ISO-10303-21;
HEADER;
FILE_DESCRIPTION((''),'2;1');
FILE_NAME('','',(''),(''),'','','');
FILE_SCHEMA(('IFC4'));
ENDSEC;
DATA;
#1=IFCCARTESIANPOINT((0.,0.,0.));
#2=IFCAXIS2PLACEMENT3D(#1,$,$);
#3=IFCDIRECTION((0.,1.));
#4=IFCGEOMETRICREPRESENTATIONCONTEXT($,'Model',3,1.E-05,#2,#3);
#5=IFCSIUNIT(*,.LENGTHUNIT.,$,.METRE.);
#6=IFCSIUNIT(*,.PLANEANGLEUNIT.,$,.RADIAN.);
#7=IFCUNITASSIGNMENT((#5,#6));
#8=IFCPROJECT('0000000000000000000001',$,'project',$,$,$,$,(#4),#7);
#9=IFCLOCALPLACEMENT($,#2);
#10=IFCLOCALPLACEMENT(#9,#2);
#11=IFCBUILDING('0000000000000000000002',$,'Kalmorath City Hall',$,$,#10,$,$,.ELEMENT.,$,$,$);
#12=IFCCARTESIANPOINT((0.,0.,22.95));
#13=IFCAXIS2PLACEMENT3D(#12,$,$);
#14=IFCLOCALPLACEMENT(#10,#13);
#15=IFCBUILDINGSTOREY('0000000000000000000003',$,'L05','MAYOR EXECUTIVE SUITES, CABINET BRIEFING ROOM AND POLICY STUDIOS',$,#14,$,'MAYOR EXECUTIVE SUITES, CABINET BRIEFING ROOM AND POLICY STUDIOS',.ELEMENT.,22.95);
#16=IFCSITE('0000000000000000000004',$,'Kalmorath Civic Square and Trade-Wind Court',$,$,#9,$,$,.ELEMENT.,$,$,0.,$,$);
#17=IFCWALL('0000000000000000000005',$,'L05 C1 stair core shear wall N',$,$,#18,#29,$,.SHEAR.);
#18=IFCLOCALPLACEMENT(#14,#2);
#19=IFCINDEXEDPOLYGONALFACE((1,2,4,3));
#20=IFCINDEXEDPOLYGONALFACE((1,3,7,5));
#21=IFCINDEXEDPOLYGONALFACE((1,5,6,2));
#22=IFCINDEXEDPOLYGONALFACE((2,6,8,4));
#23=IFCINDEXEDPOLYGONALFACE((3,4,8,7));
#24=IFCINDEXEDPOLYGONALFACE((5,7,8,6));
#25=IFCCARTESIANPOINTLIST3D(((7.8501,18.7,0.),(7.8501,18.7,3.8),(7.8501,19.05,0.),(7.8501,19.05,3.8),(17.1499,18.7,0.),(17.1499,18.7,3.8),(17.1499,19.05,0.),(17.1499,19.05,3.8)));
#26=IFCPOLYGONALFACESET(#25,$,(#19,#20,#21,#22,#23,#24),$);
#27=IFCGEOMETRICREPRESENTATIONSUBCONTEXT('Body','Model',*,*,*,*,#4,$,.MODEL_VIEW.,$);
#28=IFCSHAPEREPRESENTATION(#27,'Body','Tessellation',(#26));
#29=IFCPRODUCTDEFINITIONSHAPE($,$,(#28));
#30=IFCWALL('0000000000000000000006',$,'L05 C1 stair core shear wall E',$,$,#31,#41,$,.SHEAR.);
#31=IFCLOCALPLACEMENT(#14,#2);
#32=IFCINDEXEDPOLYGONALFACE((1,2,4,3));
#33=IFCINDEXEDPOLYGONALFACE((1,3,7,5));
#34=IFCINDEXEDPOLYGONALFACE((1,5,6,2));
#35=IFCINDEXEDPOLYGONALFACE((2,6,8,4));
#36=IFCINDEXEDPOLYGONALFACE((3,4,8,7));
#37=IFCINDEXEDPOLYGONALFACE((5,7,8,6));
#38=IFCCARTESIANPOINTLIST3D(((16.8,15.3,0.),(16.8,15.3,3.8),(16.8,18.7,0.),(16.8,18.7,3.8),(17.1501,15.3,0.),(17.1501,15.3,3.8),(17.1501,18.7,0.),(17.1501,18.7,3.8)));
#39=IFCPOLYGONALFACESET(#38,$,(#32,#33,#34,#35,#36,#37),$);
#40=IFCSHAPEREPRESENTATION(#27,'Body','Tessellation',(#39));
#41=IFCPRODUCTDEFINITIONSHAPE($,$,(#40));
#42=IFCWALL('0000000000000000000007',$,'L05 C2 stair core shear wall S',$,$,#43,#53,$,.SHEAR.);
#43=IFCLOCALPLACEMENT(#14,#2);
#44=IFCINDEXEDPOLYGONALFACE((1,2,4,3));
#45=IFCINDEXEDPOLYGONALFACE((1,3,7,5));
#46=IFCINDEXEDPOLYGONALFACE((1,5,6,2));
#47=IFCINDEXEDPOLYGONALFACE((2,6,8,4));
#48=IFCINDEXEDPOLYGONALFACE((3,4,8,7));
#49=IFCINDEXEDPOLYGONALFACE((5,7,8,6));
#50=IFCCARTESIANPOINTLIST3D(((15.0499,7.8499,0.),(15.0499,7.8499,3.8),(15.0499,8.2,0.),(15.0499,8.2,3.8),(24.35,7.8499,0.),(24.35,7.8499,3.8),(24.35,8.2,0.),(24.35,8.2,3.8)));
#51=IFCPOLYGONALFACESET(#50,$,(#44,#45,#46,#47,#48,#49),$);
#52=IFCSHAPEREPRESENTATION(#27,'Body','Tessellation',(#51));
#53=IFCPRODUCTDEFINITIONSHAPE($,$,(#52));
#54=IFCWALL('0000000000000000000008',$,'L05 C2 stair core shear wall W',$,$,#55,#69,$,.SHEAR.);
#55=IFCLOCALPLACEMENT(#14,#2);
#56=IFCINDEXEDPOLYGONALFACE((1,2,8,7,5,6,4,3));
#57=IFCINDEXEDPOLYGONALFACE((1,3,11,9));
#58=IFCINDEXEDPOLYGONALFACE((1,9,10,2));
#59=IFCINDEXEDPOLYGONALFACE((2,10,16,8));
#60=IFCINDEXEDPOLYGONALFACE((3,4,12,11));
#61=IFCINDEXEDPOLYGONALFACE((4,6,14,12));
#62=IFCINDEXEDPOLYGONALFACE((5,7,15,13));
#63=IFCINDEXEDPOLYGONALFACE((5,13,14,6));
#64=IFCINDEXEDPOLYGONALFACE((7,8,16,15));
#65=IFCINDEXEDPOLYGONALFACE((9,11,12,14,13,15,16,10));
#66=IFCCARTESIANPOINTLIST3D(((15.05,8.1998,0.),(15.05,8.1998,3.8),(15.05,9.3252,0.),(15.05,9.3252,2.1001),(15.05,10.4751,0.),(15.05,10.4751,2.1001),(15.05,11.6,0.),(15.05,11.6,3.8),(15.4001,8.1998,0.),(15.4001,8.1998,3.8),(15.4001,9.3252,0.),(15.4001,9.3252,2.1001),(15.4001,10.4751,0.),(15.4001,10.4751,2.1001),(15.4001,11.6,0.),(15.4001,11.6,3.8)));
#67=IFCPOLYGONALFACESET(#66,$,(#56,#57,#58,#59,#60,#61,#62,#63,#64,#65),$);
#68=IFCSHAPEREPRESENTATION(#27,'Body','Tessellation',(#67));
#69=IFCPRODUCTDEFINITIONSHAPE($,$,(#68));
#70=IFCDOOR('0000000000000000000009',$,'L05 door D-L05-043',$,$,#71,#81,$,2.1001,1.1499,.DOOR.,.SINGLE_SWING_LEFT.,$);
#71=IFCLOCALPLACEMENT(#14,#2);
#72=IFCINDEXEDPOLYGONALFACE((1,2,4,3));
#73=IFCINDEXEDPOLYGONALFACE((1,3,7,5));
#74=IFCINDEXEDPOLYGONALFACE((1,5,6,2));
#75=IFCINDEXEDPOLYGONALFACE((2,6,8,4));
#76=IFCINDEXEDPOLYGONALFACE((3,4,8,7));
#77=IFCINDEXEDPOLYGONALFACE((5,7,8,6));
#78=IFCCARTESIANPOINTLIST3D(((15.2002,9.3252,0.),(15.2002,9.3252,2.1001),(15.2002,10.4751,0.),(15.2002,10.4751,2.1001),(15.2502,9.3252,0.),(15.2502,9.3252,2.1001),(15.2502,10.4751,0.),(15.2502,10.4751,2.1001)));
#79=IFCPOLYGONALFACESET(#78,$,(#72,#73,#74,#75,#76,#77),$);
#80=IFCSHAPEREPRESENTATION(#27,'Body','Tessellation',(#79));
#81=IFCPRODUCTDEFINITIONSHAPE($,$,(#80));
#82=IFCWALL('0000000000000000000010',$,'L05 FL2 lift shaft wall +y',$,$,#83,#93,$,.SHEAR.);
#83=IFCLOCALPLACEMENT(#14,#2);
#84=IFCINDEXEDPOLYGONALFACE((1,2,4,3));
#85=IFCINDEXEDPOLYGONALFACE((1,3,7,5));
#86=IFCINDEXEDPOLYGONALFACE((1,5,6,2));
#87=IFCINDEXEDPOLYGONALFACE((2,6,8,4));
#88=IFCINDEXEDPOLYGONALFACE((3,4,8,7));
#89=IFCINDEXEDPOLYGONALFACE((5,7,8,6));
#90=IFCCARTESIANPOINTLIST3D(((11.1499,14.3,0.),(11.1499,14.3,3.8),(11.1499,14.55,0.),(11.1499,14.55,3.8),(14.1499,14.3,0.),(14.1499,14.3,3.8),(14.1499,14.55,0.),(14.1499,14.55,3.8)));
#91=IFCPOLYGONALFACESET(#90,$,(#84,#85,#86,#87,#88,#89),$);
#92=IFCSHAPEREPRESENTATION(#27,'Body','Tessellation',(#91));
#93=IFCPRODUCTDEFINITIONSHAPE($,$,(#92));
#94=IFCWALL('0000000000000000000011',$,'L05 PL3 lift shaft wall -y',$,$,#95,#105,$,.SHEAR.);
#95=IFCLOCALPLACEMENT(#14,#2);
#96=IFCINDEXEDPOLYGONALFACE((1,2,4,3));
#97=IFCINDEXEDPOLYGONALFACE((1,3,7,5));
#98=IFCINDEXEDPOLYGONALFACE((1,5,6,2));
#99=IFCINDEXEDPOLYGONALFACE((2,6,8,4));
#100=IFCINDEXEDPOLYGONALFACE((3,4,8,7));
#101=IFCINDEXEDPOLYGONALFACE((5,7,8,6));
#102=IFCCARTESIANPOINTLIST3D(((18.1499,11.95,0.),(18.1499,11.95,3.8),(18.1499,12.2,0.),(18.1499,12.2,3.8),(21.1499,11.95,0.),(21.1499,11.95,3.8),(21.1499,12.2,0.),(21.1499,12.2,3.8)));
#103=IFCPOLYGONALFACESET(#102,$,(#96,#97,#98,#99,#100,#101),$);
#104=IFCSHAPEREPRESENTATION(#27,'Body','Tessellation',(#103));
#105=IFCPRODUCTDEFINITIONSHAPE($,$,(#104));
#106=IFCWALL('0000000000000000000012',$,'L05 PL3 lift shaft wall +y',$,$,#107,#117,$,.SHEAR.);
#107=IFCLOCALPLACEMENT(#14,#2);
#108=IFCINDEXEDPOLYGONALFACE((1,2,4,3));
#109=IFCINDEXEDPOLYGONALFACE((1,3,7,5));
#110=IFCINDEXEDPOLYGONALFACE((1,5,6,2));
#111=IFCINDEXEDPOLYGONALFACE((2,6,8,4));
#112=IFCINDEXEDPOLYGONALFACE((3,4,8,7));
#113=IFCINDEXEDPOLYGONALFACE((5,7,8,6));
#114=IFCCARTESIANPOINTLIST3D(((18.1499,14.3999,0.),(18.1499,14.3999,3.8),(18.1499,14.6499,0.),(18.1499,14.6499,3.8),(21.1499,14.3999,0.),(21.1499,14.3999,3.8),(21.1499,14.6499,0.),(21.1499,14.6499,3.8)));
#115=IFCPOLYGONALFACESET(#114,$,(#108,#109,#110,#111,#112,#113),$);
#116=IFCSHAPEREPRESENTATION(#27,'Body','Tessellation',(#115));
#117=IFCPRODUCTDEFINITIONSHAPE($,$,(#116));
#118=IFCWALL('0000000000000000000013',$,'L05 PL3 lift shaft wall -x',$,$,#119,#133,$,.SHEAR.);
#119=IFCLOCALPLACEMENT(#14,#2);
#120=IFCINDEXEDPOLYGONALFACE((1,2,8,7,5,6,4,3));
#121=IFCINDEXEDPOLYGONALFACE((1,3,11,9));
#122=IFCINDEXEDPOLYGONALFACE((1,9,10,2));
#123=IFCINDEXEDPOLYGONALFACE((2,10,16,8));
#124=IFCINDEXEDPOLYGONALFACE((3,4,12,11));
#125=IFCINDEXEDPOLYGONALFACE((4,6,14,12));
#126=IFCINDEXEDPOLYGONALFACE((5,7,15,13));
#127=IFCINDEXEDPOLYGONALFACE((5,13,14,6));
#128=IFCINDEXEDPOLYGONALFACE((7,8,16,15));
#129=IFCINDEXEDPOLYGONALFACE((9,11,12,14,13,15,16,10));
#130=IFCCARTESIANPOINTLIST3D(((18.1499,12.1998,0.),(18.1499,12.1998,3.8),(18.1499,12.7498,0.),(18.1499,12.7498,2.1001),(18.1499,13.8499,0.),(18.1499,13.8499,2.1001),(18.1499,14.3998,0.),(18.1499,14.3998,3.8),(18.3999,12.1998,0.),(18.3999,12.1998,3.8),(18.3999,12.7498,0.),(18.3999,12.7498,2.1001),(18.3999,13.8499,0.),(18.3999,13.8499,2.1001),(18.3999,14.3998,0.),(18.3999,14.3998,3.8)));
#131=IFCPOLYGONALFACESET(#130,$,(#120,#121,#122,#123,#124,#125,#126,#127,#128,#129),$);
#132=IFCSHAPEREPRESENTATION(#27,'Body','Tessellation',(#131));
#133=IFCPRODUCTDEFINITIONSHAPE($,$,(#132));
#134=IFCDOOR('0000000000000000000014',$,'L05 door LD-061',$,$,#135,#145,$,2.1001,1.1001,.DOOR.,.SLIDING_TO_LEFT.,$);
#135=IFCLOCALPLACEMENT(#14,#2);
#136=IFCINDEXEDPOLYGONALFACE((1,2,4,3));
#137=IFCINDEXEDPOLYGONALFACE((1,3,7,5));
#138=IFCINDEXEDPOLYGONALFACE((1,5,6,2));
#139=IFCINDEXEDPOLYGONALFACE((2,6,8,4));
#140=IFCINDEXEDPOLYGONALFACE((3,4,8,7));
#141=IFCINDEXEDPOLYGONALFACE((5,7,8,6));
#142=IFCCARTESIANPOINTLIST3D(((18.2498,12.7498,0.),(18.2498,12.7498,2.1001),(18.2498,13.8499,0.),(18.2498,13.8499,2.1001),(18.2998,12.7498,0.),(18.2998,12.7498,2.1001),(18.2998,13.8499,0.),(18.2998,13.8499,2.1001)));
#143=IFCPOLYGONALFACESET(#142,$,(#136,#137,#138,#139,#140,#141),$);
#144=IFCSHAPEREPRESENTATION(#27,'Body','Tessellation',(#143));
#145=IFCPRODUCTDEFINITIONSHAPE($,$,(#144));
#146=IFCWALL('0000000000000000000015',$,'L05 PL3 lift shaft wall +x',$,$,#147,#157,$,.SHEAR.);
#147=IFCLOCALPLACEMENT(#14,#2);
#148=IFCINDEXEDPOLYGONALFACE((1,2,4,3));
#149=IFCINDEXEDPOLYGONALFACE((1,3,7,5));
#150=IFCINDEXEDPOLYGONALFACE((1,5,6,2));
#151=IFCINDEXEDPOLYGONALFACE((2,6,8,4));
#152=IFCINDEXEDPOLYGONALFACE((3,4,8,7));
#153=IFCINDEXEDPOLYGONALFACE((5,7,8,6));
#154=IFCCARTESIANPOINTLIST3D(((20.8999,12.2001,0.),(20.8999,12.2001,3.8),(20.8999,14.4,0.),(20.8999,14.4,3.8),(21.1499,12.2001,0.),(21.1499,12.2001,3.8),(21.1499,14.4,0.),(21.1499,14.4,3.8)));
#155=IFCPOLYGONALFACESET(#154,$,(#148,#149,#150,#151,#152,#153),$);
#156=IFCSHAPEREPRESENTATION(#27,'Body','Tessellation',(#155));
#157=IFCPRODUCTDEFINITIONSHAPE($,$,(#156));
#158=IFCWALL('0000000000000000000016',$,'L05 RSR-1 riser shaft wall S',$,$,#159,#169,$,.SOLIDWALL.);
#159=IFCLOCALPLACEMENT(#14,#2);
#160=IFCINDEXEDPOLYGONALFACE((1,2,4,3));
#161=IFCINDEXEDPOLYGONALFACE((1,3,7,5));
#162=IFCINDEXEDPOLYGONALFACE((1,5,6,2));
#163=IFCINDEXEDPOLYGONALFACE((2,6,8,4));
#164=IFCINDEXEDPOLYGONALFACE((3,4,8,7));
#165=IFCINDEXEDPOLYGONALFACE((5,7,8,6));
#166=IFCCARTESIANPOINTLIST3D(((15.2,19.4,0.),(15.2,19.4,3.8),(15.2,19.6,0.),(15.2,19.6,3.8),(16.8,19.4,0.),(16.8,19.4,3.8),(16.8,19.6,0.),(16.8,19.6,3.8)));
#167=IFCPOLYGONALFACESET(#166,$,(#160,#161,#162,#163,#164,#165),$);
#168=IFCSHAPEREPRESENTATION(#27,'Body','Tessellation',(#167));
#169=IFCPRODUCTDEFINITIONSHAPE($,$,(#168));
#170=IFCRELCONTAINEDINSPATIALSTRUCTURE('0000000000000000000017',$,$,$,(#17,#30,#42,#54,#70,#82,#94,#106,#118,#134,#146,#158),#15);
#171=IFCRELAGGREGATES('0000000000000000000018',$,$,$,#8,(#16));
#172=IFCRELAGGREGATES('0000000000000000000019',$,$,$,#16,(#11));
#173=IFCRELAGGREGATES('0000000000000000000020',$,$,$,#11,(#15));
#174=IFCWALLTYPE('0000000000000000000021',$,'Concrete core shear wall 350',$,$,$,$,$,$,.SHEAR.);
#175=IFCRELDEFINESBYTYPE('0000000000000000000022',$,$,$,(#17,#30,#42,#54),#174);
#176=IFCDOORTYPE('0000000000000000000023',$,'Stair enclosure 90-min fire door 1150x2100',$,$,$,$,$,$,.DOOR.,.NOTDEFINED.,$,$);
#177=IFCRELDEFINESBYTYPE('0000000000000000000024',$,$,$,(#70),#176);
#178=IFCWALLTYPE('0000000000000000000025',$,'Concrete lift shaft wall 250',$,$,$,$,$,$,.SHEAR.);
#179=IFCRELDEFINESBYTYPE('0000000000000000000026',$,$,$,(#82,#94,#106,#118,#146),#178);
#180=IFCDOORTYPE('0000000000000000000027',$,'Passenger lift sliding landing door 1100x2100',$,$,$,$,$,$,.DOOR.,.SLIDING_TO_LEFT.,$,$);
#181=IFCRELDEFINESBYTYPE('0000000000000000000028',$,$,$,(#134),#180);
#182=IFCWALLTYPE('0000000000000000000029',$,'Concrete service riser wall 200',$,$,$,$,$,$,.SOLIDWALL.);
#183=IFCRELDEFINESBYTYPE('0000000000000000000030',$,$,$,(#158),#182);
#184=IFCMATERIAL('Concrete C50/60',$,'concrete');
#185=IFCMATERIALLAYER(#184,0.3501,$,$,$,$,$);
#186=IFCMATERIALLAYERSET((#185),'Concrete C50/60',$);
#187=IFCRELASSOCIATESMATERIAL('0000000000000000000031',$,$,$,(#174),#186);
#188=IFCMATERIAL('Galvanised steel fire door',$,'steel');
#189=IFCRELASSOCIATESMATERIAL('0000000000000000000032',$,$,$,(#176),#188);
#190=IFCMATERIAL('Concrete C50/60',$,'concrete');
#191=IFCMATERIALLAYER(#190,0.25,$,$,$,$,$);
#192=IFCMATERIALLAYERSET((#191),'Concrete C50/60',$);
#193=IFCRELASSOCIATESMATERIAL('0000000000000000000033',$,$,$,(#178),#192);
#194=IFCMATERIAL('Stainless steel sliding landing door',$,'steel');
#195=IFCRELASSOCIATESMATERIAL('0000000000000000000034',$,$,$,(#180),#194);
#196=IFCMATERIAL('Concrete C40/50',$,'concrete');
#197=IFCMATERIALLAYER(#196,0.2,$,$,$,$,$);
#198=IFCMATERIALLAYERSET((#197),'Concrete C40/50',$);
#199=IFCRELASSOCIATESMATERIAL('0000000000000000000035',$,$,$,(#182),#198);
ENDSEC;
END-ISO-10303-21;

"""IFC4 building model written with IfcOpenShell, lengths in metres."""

from ifc_helpers import new_model, si_unit, direction, frame, frame_2d, origin, place, context, subcontext, project, spatial, rectangle, extrude, material, layer, layer_set, type_object, element, fill, save


model = new_model("IFC4")

# Units and contexts
model_context = context("Model", 3, precision=1e-05, world=origin(), true_north=direction((0.0, 1.0)))
body_context = subcontext(model_context, "Body", "Model", "MODEL_VIEW")
ifc_project = project(units=[si_unit("LENGTHUNIT", "METRE"), si_unit("PLANEANGLEUNIT", "RADIAN")], contexts=[model_context])

# Site, building, storey
site_placement = place(None, origin())
site = spatial("IfcSite", under=ifc_project, at=site_placement, Name="Kalmorath Civic Square and Trade-Wind Court", CompositionType="ELEMENT", RefElevation=0.0)
building_placement = place(site_placement, origin())
building = spatial("IfcBuilding", under=site, at=building_placement, Name="Kalmorath City Hall", CompositionType="ELEMENT")
storey_placement = place(building_placement, frame((0.0, 0.0, 22.95)))
storey = spatial("IfcBuildingStorey", under=building, at=storey_placement, Name="L05", Description="MAYOR EXECUTIVE SUITES, CABINET BRIEFING ROOM AND POLICY STUDIOS", LongName="MAYOR EXECUTIVE SUITES, CABINET BRIEFING ROOM AND POLICY STUDIOS", CompositionType="ELEMENT", Elevation=22.95)

# Walls
ifc_material_1 = material(Name="Concrete C50/60", Category="concrete")
ifc_layer_1 = layer(ifc_material_1, 0.3501)
ifc_layer_set_1 = layer_set([ifc_layer_1], Name="Concrete C50/60")
wall_type_1 = type_object("IfcWallType", Name="Concrete core shear wall 350", PredefinedType="SHEAR", material=ifc_layer_set_1)
wall_1_placement = place(storey_placement, frame((17.1499, 18.875, 0.0), z_axis=(0.0, 0.0, 1.0), x_axis=(-1.0, 0.0, 0.0)))
element("IfcWall", 1, at=wall_1_placement, inside=storey, type_object=wall_type_1, Name="L05 C1 stair core shear wall N", PredefinedType="SHEAR", context=body_context, shape_type="SweptSolid", body=[
    extrude(rectangle(XDim=9.2998, YDim=0.3501, at=frame_2d((4.6499, 0.0))), origin(), (0.0, 0.0, 1.0), 3.8),
])
wall_2_placement = place(storey_placement, frame((16.9751, 15.3, 0.0), z_axis=(0.0, 0.0, 1.0), x_axis=(0.0, 1.0, 0.0)))
element("IfcWall", 2, at=wall_2_placement, inside=storey, type_object=wall_type_1, Name="L05 C1 stair core shear wall E", PredefinedType="SHEAR", context=body_context, shape_type="SweptSolid", body=[
    extrude(rectangle(XDim=3.3999, YDim=0.3501, at=frame_2d((1.7, 0.0))), origin(), (0.0, 0.0, 1.0), 3.8),
])
wall_3_placement = place(storey_placement, frame((15.05, 8.0249, 0.0), z_axis=(0.0, 0.0, 1.0), x_axis=(1.0, 0.0, 0.0)))
element("IfcWall", 3, at=wall_3_placement, inside=storey, type_object=wall_type_1, Name="L05 C2 stair core shear wall S", PredefinedType="SHEAR", context=body_context, shape_type="SweptSolid", body=[
    extrude(rectangle(XDim=9.3, YDim=0.3501, at=frame_2d((4.6499, 0.0))), origin(), (0.0, 0.0, 1.0), 3.8),
])

# Wall, opening, door
wall_4_placement = place(storey_placement, frame((15.2251, 11.6001, 0.0), z_axis=(0.0, 0.0, 1.0), x_axis=(0.0, -1.0, 0.0)))
wall_4 = element("IfcWall", 4, at=wall_4_placement, inside=storey, type_object=wall_type_1, Name="L05 C2 stair core shear wall W", PredefinedType="SHEAR", context=body_context, shape_type="SweptSolid", body=[
    extrude(rectangle(XDim=3.4001, YDim=0.3501, at=frame_2d((1.7002, 0.0))), origin(), (0.0, 0.0, 1.0), 3.8),
])
opening_1_placement = place(wall_4_placement, frame((1.125, 0.0, 0.0)))
opening_1 = element("IfcOpeningElement", 5, at=opening_1_placement, cuts=wall_4, PredefinedType="OPENING", context=body_context, shape_type="SweptSolid", body=[
    extrude(rectangle(XDim=1.1499, YDim=2.1001, at=frame_2d((0.575, 1.05))), frame((0.0, 0.1851, 0.0), z_axis=(0.0, -1.0, 0.0), x_axis=(1.0, 0.0, 0.0)), (0.0, 0.0, 1.0), 0.3701),
])
ifc_material_2 = material(Name="Galvanised steel fire door", Category="steel")
door_type_1 = type_object("IfcDoorType", Name="Stair enclosure 90-min fire door 1150x2100", OperationType="NOTDEFINED", PredefinedType="DOOR", material=ifc_material_2)
door_1_placement = place(opening_1_placement, frame((1.1499, 0.0, 0.0), z_axis=(0.0, 0.0, 1.0), x_axis=(-1.0, 0.0, 0.0)))
door_1 = element("IfcDoor", 6, at=door_1_placement, inside=storey, type_object=door_type_1, Name="L05 door D-L05-043", OperationType="SINGLE_SWING_LEFT", OverallHeight=2.1001, OverallWidth=1.1499, PredefinedType="DOOR", context=body_context, shape_type="SweptSolid", body=[
    extrude(rectangle(XDim=1.1499, YDim=2.1001, at=frame_2d((0.575, 1.05))), frame((0.0, 0.0249, 0.0), z_axis=(0.0, -1.0, 0.0), x_axis=(1.0, 0.0, 0.0)), (0.0, 0.0, 1.0), 0.05),
])
fill(opening_1, door_1)

# Walls
ifc_material_3 = material(Name="Concrete C50/60", Category="concrete")
ifc_layer_2 = layer(ifc_material_3, 0.25)
ifc_layer_set_2 = layer_set([ifc_layer_2], Name="Concrete C50/60")
wall_type_2 = type_object("IfcWallType", Name="Concrete lift shaft wall 250", PredefinedType="SHEAR", material=ifc_layer_set_2)
for number, where, z_axis, x_axis, name in (
    (7, (14.1499, 14.425, 0.0), (0.0, 0.0, 1.0), (-1.0, 0.0, 0.0), "L05 FL2 lift shaft wall +y"),
    (8, (18.1499, 12.075, 0.0), (0.0, 0.0, 1.0), (1.0, 0.0, 0.0), "L05 PL3 lift shaft wall -y"),
    (9, (21.1499, 14.5249, 0.0), (0.0, 0.0, 1.0), (-1.0, 0.0, 0.0), "L05 PL3 lift shaft wall +y"),
):
    element("IfcWall", number, at=place(storey_placement, frame(where, z_axis=z_axis, x_axis=x_axis)), inside=storey, type_object=wall_type_2, Name=name, PredefinedType="SHEAR", context=body_context, shape_type="SweptSolid", body=[
        extrude(rectangle(XDim=3.0, YDim=0.25, at=frame_2d((1.5, 0.0))), origin(), (0.0, 0.0, 1.0), 3.8),
    ])

# Wall, opening, door
wall_5_placement = place(storey_placement, frame((18.2749, 14.3999, 0.0), z_axis=(0.0, 0.0, 1.0), x_axis=(0.0, -1.0, 0.0)))
wall_5 = element("IfcWall", 10, at=wall_5_placement, inside=storey, type_object=wall_type_2, Name="L05 PL3 lift shaft wall -x", PredefinedType="SHEAR", context=body_context, shape_type="SweptSolid", body=[
    extrude(rectangle(XDim=2.2, YDim=0.25, at=frame_2d((1.1001, 0.0))), origin(), (0.0, 0.0, 1.0), 3.8),
])
opening_2_placement = place(wall_5_placement, frame((0.55, 0.0, 0.0)))
opening_2 = element("IfcOpeningElement", 11, at=opening_2_placement, cuts=wall_5, PredefinedType="OPENING", context=body_context, shape_type="SweptSolid", body=[
    extrude(rectangle(XDim=1.1001, YDim=2.1001, at=frame_2d((0.55, 1.05))), frame((0.0, 0.135, 0.0), z_axis=(0.0, -1.0, 0.0), x_axis=(1.0, 0.0, 0.0)), (0.0, 0.0, 1.0), 0.27),
])
ifc_material_4 = material(Name="Stainless steel sliding landing door", Category="steel")
door_type_2 = type_object("IfcDoorType", Name="Passenger lift sliding landing door 1100x2100", OperationType="SLIDING_TO_LEFT", PredefinedType="DOOR", material=ifc_material_4)
door_2_placement = place(opening_2_placement, origin())
door_2 = element("IfcDoor", 12, at=door_2_placement, inside=storey, type_object=door_type_2, Name="L05 door LD-061", OperationType="SLIDING_TO_LEFT", OverallHeight=2.1001, OverallWidth=1.1001, PredefinedType="DOOR", context=body_context, shape_type="SweptSolid", body=[
    extrude(rectangle(XDim=1.1001, YDim=2.1001, at=frame_2d((0.55, 1.05))), frame((0.0, 0.0249, 0.0), z_axis=(0.0, -1.0, 0.0), x_axis=(1.0, 0.0, 0.0)), (0.0, 0.0, 1.0), 0.05),
])
fill(opening_2, door_2)

# Walls
wall_6_placement = place(storey_placement, frame((21.0249, 12.2, 0.0), z_axis=(0.0, 0.0, 1.0), x_axis=(0.0, 1.0, 0.0)))
element("IfcWall", 13, at=wall_6_placement, inside=storey, type_object=wall_type_2, Name="L05 PL3 lift shaft wall +x", PredefinedType="SHEAR", context=body_context, shape_type="SweptSolid", body=[
    extrude(rectangle(XDim=2.2, YDim=0.25, at=frame_2d((1.1001, 0.0))), origin(), (0.0, 0.0, 1.0), 3.8),
])
ifc_material_5 = material(Name="Concrete C40/50", Category="concrete")
ifc_layer_3 = layer(ifc_material_5, 0.2)
ifc_layer_set_3 = layer_set([ifc_layer_3], Name="Concrete C40/50")
wall_type_3 = type_object("IfcWallType", Name="Concrete service riser wall 200", PredefinedType="SOLIDWALL", material=ifc_layer_set_3)
wall_7_placement = place(storey_placement, frame((15.2, 19.5, 0.0), z_axis=(0.0, 0.0, 1.0), x_axis=(1.0, 0.0, 0.0)))
element("IfcWall", 14, at=wall_7_placement, inside=storey, type_object=wall_type_3, Name="L05 RSR-1 riser shaft wall S", PredefinedType="SOLIDWALL", context=body_context, shape_type="SweptSolid", body=[
    extrude(rectangle(XDim=1.6001, YDim=0.2, at=frame_2d((0.8, 0.0))), origin(), (0.0, 0.0, 1.0), 3.8),
])

save(model, "model.ifc")
